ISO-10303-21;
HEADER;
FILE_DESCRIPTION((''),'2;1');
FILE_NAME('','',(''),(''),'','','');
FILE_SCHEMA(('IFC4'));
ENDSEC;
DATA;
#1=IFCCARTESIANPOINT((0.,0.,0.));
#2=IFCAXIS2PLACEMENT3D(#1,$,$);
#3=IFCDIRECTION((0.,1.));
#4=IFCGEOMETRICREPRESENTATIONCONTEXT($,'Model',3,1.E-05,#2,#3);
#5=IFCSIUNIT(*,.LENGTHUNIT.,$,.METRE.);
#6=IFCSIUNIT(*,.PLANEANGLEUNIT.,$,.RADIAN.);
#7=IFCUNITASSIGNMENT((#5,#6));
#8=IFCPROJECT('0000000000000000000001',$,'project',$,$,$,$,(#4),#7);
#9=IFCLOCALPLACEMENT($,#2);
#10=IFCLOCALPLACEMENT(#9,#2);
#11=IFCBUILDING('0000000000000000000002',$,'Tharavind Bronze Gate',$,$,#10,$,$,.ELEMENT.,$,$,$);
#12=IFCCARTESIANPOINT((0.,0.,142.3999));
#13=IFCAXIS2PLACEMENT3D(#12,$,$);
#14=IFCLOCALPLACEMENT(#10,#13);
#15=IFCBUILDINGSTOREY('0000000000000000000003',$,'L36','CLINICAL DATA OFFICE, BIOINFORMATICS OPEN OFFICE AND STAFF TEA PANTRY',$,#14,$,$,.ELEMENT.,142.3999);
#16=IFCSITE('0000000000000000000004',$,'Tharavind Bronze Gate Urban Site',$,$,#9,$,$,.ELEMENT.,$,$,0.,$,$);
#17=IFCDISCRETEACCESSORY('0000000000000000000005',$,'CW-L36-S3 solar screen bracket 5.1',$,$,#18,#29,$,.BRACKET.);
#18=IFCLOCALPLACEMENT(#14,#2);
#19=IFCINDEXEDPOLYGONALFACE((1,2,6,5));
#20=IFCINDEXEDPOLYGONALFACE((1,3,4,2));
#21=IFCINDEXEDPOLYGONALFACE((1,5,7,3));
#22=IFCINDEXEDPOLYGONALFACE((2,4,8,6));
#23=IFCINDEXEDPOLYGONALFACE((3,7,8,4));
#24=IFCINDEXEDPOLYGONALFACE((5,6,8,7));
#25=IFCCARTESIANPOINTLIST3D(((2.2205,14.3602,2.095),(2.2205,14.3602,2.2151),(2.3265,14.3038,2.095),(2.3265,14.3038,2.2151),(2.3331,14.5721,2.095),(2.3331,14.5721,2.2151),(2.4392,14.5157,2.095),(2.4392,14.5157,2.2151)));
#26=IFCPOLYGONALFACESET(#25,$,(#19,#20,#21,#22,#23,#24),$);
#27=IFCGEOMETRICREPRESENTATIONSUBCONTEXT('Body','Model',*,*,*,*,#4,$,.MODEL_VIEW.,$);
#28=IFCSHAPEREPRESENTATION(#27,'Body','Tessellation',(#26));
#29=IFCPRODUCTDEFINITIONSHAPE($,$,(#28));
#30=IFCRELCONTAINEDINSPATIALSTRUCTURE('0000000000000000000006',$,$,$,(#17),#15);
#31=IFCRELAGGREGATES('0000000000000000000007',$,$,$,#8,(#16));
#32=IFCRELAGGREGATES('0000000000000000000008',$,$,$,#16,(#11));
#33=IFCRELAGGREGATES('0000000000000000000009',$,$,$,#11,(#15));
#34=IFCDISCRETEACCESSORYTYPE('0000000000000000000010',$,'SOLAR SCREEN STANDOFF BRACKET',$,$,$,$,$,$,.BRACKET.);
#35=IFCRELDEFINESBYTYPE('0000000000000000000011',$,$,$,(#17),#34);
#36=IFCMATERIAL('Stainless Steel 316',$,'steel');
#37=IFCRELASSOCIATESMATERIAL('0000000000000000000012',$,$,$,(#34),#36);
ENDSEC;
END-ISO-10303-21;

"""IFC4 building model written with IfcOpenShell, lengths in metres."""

from ifc_helpers import new_model, si_unit, direction, frame, origin, origin_2d, place, context, subcontext, project, spatial, rectangle, extrude, material, type_object, element, save


model = new_model("IFC4")

# Units and contexts
model_context = context("Model", 3, precision=1e-05, world=origin(), true_north=direction((0.0, 1.0)))
body_context = subcontext(model_context, "Body", "Model", "MODEL_VIEW")
ifc_project = project(units=[si_unit("LENGTHUNIT", "METRE"), si_unit("PLANEANGLEUNIT", "RADIAN")], contexts=[model_context])

# Site, building, storey
site_placement = place(None, origin())
site = spatial("IfcSite", under=ifc_project, at=site_placement, Name="Tharavind Bronze Gate Urban Site", CompositionType="ELEMENT", RefElevation=0.0)
building_placement = place(site_placement, origin())
building = spatial("IfcBuilding", under=site, at=building_placement, Name="Tharavind Bronze Gate", CompositionType="ELEMENT")
storey_placement = place(building_placement, frame((0.0, 0.0, 142.3999)))
storey = spatial("IfcBuildingStorey", under=building, at=storey_placement, Name="L36", Description="CLINICAL DATA OFFICE, BIOINFORMATICS OPEN OFFICE AND STAFF TEA PANTRY", CompositionType="ELEMENT", Elevation=142.3999)

# Discrete accessory
ifc_material_1 = material(Name="Stainless Steel 316", Category="steel")
discrete_accessory_type_1 = type_object("IfcDiscreteAccessoryType", Name="SOLAR SCREEN STANDOFF BRACKET", PredefinedType="BRACKET", material=ifc_material_1)
discrete_accessory_placement = place(storey_placement, frame((2.3298, 14.438, 2.095), z_axis=(0.0, 0.0, 1.0), x_axis=(-0.882948, 0.469472, 0.0)))
element("IfcDiscreteAccessory", 1, at=discrete_accessory_placement, inside=storey, type_object=discrete_accessory_type_1, Name="CW-L36-S3 solar screen bracket 5.1", PredefinedType="BRACKET", context=body_context, shape_type="SweptSolid", body=[
    extrude(rectangle(XDim=0.1201, YDim=0.24, at=origin_2d()), origin(), (0.0, 0.0, 1.0), 0.1201),
])

save(model, "model.ifc")
